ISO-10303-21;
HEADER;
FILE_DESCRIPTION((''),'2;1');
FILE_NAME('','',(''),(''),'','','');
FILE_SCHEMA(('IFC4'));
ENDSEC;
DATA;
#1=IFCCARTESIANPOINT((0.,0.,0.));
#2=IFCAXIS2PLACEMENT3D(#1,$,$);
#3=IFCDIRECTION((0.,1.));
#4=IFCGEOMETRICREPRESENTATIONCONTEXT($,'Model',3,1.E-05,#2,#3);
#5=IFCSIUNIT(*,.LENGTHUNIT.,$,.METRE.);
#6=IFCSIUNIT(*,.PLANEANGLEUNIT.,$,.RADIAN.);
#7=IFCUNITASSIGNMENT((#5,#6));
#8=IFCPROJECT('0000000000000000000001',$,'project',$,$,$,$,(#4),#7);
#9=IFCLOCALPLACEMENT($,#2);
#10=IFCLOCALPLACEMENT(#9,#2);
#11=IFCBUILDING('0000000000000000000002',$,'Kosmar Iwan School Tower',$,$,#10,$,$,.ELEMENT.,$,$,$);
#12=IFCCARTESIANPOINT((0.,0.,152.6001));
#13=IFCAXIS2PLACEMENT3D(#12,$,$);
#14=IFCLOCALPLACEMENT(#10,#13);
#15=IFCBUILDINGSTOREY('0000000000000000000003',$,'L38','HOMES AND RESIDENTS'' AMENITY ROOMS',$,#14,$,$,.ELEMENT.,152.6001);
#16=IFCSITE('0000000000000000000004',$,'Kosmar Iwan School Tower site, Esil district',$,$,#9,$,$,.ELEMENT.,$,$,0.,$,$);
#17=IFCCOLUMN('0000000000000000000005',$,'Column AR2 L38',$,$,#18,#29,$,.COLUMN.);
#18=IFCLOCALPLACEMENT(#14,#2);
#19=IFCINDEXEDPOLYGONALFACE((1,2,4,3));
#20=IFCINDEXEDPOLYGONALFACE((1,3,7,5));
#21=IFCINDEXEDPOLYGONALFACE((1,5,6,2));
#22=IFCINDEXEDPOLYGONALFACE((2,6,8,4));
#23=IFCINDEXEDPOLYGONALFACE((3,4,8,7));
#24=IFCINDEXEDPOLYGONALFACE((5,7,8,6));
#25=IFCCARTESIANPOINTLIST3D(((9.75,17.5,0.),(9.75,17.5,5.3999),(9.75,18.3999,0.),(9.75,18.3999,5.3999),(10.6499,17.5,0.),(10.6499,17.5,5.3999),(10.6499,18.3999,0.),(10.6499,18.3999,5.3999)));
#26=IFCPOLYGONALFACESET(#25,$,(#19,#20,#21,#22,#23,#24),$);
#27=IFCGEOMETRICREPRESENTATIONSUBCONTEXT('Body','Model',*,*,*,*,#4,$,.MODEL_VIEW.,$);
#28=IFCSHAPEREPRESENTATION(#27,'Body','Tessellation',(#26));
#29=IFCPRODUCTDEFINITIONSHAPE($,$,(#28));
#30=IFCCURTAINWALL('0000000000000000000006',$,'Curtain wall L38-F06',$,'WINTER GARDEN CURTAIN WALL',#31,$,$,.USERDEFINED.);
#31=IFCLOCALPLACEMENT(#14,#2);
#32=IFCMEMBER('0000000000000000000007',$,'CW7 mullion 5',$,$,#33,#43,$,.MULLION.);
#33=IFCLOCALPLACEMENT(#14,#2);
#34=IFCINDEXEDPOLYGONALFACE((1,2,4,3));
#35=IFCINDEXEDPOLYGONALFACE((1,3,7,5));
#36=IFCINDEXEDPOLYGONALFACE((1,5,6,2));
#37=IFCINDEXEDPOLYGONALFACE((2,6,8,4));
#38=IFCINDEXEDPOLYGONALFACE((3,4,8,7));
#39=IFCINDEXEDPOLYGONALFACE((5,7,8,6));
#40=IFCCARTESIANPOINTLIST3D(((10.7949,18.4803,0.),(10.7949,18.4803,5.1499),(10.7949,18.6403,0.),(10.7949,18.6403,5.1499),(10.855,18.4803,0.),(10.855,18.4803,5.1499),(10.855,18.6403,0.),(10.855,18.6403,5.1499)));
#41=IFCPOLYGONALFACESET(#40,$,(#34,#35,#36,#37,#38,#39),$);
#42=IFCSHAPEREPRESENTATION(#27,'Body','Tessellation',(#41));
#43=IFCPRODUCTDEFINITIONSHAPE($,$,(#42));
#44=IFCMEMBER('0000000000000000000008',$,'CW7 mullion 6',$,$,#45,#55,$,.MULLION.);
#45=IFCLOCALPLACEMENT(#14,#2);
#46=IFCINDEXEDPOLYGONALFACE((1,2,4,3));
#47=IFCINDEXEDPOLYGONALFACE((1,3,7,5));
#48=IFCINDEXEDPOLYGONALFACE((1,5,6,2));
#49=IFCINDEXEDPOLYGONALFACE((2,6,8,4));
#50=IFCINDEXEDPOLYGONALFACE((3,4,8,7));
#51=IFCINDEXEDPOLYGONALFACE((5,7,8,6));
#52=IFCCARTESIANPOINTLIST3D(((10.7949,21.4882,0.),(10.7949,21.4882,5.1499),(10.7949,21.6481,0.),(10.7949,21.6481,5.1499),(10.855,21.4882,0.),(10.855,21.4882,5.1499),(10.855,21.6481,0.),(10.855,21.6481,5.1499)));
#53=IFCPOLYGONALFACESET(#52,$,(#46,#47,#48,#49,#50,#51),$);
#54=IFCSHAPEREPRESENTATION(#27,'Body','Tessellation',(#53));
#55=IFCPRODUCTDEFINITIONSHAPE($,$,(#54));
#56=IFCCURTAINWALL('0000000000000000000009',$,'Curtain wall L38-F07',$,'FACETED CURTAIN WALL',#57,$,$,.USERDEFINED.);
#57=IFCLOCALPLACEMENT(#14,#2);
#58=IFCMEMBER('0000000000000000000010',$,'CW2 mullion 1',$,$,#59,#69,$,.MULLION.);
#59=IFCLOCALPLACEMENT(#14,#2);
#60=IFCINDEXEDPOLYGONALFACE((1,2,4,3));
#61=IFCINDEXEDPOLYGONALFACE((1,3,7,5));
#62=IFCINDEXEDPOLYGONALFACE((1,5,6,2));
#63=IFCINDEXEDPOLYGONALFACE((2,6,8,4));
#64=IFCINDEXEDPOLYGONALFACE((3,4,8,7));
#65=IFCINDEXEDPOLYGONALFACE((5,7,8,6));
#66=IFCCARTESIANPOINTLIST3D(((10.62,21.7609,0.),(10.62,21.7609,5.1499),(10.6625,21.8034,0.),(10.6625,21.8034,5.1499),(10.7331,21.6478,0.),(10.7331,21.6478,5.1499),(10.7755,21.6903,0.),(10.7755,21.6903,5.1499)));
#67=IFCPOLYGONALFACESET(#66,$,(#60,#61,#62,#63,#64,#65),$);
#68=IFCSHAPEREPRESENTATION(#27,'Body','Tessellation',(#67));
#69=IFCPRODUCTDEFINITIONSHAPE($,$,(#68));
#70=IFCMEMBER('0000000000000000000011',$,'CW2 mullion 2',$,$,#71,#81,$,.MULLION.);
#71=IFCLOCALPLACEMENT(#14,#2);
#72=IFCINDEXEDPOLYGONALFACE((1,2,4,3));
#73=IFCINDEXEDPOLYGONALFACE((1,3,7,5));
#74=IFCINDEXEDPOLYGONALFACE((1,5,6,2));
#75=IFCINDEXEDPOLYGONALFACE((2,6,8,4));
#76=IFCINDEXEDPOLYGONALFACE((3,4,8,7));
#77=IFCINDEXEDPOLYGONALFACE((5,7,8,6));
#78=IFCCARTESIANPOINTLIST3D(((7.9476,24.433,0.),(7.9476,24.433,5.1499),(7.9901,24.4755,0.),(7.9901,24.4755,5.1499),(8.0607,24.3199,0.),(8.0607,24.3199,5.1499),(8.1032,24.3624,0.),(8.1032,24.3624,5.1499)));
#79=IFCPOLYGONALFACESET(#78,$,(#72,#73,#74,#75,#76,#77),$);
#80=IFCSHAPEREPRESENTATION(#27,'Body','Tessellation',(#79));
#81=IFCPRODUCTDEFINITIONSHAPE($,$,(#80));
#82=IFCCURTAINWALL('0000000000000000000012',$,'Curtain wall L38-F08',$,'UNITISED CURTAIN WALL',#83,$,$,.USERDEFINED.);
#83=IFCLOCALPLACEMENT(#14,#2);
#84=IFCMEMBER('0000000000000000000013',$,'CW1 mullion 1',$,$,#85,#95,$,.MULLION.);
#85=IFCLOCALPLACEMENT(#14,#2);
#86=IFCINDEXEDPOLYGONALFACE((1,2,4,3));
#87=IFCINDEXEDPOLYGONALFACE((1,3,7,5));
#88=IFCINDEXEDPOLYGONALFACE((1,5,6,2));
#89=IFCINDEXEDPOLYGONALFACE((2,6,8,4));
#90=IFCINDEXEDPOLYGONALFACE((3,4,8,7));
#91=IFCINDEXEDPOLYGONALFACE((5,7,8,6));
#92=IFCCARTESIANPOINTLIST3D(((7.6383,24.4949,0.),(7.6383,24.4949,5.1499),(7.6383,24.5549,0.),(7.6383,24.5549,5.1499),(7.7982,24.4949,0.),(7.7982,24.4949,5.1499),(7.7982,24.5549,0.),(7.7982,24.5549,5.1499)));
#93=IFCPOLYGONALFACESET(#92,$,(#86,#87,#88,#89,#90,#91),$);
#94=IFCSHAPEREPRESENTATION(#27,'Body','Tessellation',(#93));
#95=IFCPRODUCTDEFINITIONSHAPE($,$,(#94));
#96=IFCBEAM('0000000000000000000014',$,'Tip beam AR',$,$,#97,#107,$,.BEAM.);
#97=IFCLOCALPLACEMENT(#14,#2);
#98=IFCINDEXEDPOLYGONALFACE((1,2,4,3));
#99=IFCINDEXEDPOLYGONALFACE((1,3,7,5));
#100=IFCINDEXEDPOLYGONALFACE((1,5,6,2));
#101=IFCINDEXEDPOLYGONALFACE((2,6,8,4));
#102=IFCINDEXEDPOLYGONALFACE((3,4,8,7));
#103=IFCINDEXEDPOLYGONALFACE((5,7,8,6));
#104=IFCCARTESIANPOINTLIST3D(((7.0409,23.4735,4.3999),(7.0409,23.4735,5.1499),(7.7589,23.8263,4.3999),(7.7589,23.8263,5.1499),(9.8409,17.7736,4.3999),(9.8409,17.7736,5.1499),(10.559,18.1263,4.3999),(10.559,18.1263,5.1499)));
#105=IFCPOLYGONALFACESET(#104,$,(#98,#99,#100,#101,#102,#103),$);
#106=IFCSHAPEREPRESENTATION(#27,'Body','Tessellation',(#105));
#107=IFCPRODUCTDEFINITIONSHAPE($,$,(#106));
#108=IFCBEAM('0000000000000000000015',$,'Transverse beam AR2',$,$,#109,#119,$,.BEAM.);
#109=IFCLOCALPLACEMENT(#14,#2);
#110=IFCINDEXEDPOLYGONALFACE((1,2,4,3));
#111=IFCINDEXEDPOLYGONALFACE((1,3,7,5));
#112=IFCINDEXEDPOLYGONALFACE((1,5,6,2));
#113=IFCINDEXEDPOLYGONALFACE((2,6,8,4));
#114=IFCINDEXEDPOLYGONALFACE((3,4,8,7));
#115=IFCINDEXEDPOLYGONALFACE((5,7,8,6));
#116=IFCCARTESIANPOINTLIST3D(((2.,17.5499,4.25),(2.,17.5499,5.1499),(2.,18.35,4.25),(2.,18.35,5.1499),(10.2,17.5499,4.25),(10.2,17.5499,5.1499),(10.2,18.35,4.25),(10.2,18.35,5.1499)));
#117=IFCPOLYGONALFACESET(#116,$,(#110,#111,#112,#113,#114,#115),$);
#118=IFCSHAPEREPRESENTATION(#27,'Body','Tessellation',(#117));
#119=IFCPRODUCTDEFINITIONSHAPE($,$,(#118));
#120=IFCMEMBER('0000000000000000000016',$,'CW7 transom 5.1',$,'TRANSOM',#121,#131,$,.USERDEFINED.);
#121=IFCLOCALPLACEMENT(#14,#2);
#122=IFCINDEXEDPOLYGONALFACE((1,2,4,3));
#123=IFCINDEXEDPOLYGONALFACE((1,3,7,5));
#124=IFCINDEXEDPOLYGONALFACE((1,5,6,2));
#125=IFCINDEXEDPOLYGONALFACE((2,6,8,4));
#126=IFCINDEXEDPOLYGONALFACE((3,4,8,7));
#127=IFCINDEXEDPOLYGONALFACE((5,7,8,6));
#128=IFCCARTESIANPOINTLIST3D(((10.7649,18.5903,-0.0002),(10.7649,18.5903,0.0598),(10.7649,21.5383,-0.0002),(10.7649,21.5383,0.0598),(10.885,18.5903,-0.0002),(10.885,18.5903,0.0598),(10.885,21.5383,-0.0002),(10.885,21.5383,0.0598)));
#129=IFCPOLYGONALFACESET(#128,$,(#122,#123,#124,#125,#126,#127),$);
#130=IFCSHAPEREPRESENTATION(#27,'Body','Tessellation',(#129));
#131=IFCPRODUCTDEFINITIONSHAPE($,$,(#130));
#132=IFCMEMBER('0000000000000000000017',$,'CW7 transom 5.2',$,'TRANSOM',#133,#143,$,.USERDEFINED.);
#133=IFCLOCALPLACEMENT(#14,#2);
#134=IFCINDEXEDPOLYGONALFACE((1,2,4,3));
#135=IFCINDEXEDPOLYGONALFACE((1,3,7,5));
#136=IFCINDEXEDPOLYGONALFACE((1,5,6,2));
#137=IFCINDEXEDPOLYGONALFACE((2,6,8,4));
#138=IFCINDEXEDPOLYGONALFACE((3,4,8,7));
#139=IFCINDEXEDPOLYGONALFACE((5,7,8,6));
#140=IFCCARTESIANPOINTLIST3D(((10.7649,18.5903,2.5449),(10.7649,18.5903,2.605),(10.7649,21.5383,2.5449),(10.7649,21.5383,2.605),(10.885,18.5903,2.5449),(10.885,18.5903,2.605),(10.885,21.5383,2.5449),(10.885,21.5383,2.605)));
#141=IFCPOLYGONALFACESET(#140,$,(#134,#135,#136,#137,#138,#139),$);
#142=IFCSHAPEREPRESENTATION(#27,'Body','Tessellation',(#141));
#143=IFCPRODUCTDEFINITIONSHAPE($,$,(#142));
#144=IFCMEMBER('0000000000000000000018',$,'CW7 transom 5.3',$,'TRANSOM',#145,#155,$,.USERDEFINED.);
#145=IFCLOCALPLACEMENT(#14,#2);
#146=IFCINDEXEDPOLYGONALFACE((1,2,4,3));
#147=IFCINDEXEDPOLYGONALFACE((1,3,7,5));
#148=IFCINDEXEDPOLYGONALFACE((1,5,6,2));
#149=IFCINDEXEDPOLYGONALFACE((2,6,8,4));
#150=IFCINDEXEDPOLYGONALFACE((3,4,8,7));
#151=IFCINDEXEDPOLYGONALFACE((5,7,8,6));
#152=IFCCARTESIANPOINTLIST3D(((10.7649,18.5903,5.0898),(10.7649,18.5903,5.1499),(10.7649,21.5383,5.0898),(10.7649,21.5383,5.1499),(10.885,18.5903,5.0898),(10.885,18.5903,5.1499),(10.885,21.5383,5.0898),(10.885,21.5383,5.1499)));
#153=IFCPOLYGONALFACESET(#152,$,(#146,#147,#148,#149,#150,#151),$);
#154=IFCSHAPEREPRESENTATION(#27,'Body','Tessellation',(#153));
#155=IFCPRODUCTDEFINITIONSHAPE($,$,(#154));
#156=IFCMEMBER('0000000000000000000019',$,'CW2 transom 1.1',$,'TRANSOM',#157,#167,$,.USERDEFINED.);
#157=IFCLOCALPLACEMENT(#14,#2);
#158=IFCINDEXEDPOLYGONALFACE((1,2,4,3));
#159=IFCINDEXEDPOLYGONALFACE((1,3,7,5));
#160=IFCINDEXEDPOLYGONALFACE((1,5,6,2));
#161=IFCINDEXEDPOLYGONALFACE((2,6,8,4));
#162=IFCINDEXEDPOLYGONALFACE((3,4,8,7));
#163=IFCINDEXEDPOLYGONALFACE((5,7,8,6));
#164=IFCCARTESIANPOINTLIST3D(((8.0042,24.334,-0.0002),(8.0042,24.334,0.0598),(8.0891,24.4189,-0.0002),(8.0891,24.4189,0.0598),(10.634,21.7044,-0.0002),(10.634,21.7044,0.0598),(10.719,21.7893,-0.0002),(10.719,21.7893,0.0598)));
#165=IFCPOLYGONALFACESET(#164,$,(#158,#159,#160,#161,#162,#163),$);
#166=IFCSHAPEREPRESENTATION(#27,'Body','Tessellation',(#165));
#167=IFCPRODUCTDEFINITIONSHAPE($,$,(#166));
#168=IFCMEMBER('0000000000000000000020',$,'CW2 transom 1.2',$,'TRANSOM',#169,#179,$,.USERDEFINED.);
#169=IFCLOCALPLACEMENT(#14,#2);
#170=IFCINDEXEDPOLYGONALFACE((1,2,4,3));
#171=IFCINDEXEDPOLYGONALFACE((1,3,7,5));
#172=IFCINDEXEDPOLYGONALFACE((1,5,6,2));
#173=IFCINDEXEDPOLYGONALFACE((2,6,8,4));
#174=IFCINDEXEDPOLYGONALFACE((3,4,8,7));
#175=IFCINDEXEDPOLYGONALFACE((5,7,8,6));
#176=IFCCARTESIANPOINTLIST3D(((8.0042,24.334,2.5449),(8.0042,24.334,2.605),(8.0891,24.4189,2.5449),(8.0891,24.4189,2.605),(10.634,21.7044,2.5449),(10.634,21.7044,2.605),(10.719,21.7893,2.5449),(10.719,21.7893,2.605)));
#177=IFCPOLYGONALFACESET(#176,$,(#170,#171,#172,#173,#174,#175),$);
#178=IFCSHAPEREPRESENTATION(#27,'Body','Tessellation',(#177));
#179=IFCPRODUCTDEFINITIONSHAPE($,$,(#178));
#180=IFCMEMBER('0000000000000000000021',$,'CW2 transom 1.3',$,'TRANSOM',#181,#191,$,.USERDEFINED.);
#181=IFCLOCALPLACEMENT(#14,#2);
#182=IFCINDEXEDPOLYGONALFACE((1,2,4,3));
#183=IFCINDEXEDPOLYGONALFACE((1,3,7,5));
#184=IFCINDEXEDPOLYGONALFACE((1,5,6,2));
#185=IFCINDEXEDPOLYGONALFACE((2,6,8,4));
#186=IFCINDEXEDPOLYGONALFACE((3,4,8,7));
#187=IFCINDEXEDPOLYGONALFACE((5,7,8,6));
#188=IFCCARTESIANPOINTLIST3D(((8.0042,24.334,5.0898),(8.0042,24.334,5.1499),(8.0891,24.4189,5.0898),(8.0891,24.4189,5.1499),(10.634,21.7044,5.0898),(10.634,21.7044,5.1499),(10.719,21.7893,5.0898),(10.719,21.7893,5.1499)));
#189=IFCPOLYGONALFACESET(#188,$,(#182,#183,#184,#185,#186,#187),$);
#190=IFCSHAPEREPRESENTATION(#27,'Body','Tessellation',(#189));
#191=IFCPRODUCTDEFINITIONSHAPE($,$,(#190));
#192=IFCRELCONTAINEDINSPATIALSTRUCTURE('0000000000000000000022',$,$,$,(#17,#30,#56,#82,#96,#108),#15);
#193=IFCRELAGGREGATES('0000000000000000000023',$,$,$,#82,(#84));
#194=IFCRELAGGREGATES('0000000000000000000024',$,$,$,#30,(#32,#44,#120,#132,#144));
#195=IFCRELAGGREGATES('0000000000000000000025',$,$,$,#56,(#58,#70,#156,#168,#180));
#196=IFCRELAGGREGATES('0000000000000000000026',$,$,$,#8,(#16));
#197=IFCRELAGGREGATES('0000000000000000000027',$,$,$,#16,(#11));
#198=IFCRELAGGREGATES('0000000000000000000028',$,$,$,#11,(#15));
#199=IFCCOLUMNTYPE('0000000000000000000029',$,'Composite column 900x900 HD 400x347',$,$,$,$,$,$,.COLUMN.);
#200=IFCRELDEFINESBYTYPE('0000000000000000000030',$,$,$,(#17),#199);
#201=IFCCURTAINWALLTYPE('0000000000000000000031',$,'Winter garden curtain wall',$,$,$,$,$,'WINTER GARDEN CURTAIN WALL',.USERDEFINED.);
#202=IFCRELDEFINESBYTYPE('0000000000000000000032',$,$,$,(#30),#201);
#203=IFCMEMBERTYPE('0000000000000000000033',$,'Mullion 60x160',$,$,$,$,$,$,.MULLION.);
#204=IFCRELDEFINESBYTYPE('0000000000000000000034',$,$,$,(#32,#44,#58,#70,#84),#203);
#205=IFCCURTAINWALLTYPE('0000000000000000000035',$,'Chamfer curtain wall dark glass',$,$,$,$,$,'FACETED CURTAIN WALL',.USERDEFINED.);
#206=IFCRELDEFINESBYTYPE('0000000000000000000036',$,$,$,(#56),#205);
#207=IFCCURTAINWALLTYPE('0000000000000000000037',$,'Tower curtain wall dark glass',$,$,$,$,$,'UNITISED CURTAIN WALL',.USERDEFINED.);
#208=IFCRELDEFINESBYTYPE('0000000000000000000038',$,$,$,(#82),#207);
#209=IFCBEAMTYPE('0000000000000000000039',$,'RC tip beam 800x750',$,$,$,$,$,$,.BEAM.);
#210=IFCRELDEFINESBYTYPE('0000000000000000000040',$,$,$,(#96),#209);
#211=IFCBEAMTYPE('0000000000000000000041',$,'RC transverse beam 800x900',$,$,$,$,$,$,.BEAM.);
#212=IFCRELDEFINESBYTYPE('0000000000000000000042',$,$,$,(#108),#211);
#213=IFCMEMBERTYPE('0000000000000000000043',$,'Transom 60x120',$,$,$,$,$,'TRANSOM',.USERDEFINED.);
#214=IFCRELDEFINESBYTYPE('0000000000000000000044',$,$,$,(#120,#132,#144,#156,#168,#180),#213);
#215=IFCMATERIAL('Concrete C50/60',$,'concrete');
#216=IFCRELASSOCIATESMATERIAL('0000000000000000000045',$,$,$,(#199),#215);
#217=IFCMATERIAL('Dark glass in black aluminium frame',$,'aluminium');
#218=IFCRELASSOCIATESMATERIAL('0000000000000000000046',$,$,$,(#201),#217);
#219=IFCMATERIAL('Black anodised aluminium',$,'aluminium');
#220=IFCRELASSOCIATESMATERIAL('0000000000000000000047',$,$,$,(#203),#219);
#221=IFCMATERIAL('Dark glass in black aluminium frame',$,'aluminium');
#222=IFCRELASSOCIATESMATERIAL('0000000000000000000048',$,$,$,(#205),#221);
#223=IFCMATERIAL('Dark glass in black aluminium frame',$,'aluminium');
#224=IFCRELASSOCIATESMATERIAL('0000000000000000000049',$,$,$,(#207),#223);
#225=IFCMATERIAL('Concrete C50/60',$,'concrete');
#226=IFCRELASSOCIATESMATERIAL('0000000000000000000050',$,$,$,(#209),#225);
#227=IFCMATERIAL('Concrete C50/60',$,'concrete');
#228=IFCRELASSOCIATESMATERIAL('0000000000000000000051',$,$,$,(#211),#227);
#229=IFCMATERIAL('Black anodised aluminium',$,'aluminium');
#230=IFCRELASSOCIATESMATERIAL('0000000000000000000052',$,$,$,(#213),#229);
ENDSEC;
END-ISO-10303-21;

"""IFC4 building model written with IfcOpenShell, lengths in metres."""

from ifc_helpers import new_model, si_unit, direction, frame, origin, origin_2d, place, context, subcontext, project, spatial, rectangle, extrude, material, material_profile, profile_set, type_object, element, aggregate, save


model = new_model("IFC4")

# Units and contexts
model_context = context("Model", 3, precision=1e-05, world=origin(), true_north=direction((0.0, 1.0)))
body_context = subcontext(model_context, "Body", "Model", "MODEL_VIEW")
ifc_project = project(units=[si_unit("LENGTHUNIT", "METRE"), si_unit("PLANEANGLEUNIT", "RADIAN")], contexts=[model_context])

# Site, building, storey
site_placement = place(None, origin())
site = spatial("IfcSite", under=ifc_project, at=site_placement, Name="Kosmar Iwan School Tower site, Esil district", CompositionType="ELEMENT", RefElevation=0.0)
building_placement = place(site_placement, origin())
building = spatial("IfcBuilding", under=site, at=building_placement, Name="Kosmar Iwan School Tower", CompositionType="ELEMENT")
storey_placement = place(building_placement, frame((0.0, 0.0, 152.6001)))
storey = spatial("IfcBuildingStorey", under=building, at=storey_placement, Name="L38", Description="HOMES AND RESIDENTS' AMENITY ROOMS", CompositionType="ELEMENT", Elevation=152.6001)

# Column
ifc_material_1 = material(Name="Concrete C50/60", Category="concrete")
ifc_material_profile_1 = material_profile(ifc_material_1, rectangle(XDim=0.8999, YDim=0.8999, at=origin_2d()), Name="RC 900x900 + HD 400x347")
ifc_profile_set_1 = profile_set([ifc_material_profile_1], Name="Concrete C50/60")
column_type = type_object("IfcColumnType", Name="Composite column 900x900 HD 400x347", PredefinedType="COLUMN", material=ifc_profile_set_1)
column_placement = place(storey_placement, frame((10.2, 17.95, 0.0), z_axis=(0.0, 0.0, 1.0), x_axis=(0.0, 1.0, 0.0)))
element("IfcColumn", 1, at=column_placement, inside=storey, type_object=column_type, Name="Column AR2 L38", PredefinedType="COLUMN", context=body_context, shape_type="SweptSolid", body=[
    extrude(rectangle(XDim=0.8999, YDim=0.8999, at=origin_2d()), origin(), (0.0, 0.0, 1.0), 5.3999),
])

# Curtain walls, members
ifc_material_2 = material(Name="Dark glass in black aluminium frame", Category="aluminium")
curtain_wall_type_1 = type_object("IfcCurtainWallType", Name="Winter garden curtain wall", ElementType="WINTER GARDEN CURTAIN WALL", PredefinedType="USERDEFINED", material=ifc_material_2)
curtain_wall_1_placement = place(storey_placement, origin())
curtain_wall_1 = element("IfcCurtainWall", 2, at=curtain_wall_1_placement, inside=storey, type_object=curtain_wall_type_1, Name="Curtain wall L38-F06", ObjectType="WINTER GARDEN CURTAIN WALL", PredefinedType="USERDEFINED")
ifc_material_3 = material(Name="Black anodised aluminium", Category="aluminium")
ifc_material_profile_2 = material_profile(ifc_material_3, rectangle(XDim=0.0601, YDim=0.1599, at=origin_2d()), Name="MULLION 60x160")
ifc_profile_set_2 = profile_set([ifc_material_profile_2], Name="Black anodised aluminium")
member_type_1 = type_object("IfcMemberType", Name="Mullion 60x160", PredefinedType="MULLION", material=ifc_profile_set_2)
member_1_placement = place(storey_placement, frame((10.825, 18.5603, 0.0), z_axis=(0.0, 0.0, 1.0), x_axis=(-1.0, 0.0, 0.0)))
member_1 = element("IfcMember", 3, at=member_1_placement, type_object=member_type_1, Name="CW7 mullion 5", PredefinedType="MULLION", context=body_context, shape_type="SweptSolid", body=[
    extrude(rectangle(XDim=0.0601, YDim=0.1599, at=origin_2d()), origin(), (0.0, 0.0, 1.0), 5.1499),
])
member_2_placement = place(storey_placement, frame((10.825, 21.5681, 0.0), z_axis=(0.0, 0.0, 1.0), x_axis=(-1.0, 0.0, 0.0)))
member_2 = element("IfcMember", 4, at=member_2_placement, type_object=member_type_1, Name="CW7 mullion 6", PredefinedType="MULLION", context=body_context, shape_type="SweptSolid", body=[
    extrude(rectangle(XDim=0.0601, YDim=0.1599, at=origin_2d()), origin(), (0.0, 0.0, 1.0), 5.1499),
])
ifc_material_4 = material(Name="Dark glass in black aluminium frame", Category="aluminium")
curtain_wall_type_2 = type_object("IfcCurtainWallType", Name="Chamfer curtain wall dark glass", ElementType="FACETED CURTAIN WALL", PredefinedType="USERDEFINED", material=ifc_material_4)
curtain_wall_2_placement = place(storey_placement, origin())
curtain_wall_2 = element("IfcCurtainWall", 5, at=curtain_wall_2_placement, inside=storey, type_object=curtain_wall_type_2, Name="Curtain wall L38-F07", ObjectType="FACETED CURTAIN WALL", PredefinedType="USERDEFINED")
member_3_placement = place(storey_placement, frame((10.6978, 21.7256, 0.0), z_axis=(0.0, 0.0, 1.0), x_axis=(-0.707107, -0.707107, 0.0)))
member_3 = element("IfcMember", 6, at=member_3_placement, type_object=member_type_1, Name="CW2 mullion 1", PredefinedType="MULLION", context=body_context, shape_type="SweptSolid", body=[
    extrude(rectangle(XDim=0.0601, YDim=0.1599, at=origin_2d()), origin(), (0.0, 0.0, 1.0), 5.1499),
])
member_4_placement = place(storey_placement, frame((8.0254, 24.3977, 0.0), z_axis=(0.0, 0.0, 1.0), x_axis=(-0.707107, -0.707107, 0.0)))
member_4 = element("IfcMember", 7, at=member_4_placement, type_object=member_type_1, Name="CW2 mullion 2", PredefinedType="MULLION", context=body_context, shape_type="SweptSolid", body=[
    extrude(rectangle(XDim=0.0601, YDim=0.1599, at=origin_2d()), origin(), (0.0, 0.0, 1.0), 5.1499),
])

# Curtain wall, member
ifc_material_5 = material(Name="Dark glass in black aluminium frame", Category="aluminium")
curtain_wall_type_3 = type_object("IfcCurtainWallType", Name="Tower curtain wall dark glass", ElementType="UNITISED CURTAIN WALL", PredefinedType="USERDEFINED", material=ifc_material_5)
curtain_wall_3_placement = place(storey_placement, origin())
curtain_wall_3 = element("IfcCurtainWall", 8, at=curtain_wall_3_placement, inside=storey, type_object=curtain_wall_type_3, Name="Curtain wall L38-F08", ObjectType="UNITISED CURTAIN WALL", PredefinedType="USERDEFINED")
member_5_placement = place(storey_placement, frame((7.7183, 24.5249, 0.0), z_axis=(0.0, 0.0, 1.0), x_axis=(0.0, -1.0, 0.0)))
member_5 = element("IfcMember", 9, at=member_5_placement, type_object=member_type_1, Name="CW1 mullion 1", PredefinedType="MULLION", context=body_context, shape_type="SweptSolid", body=[
    extrude(rectangle(XDim=0.0601, YDim=0.1599, at=origin_2d()), origin(), (0.0, 0.0, 1.0), 5.1499),
])

# Beams
ifc_material_6 = material(Name="Concrete C50/60", Category="concrete")
ifc_material_profile_3 = material_profile(ifc_material_6, rectangle(XDim=0.8, YDim=0.75, at=origin_2d()), Name="RC 800x750")
ifc_profile_set_3 = profile_set([ifc_material_profile_3], Name="Concrete C50/60")
beam_type_1 = type_object("IfcBeamType", Name="RC tip beam 800x750", PredefinedType="BEAM", material=ifc_profile_set_3)
beam_1_placement = place(storey_placement, frame((10.2, 17.95, 4.7749), z_axis=(-0.440913, 0.89755, 0.0), x_axis=(-0.89755, -0.440913, 0.0)))
element("IfcBeam", 10, at=beam_1_placement, inside=storey, type_object=beam_type_1, Name="Tip beam AR", PredefinedType="BEAM", context=body_context, shape_type="SweptSolid", body=[
    extrude(rectangle(XDim=0.8, YDim=0.75, at=origin_2d()), origin(), (0.0, 0.0, 1.0), 6.3506),
])
ifc_material_7 = material(Name="Concrete C50/60", Category="concrete")
ifc_material_profile_4 = material_profile(ifc_material_7, rectangle(XDim=0.8, YDim=0.8999, at=origin_2d()), Name="RC 800x900")
ifc_profile_set_4 = profile_set([ifc_material_profile_4], Name="Concrete C50/60")
beam_type_2 = type_object("IfcBeamType", Name="RC transverse beam 800x900", PredefinedType="BEAM", material=ifc_profile_set_4)
beam_2_placement = place(storey_placement, frame((10.2, 17.95, 4.7), z_axis=(-1.0, 0.0, 0.0), x_axis=(0.0, -1.0, 0.0)))
element("IfcBeam", 11, at=beam_2_placement, inside=storey, type_object=beam_type_2, Name="Transverse beam AR2", PredefinedType="BEAM", context=body_context, shape_type="SweptSolid", body=[
    extrude(rectangle(XDim=0.8, YDim=0.8999, at=origin_2d()), origin(), (0.0, 0.0, 1.0), 8.2),
])

# Members
ifc_material_8 = material(Name="Black anodised aluminium", Category="aluminium")
ifc_material_profile_5 = material_profile(ifc_material_8, rectangle(XDim=0.1201, YDim=0.0601, at=origin_2d()), Name="TRANSOM 60x120")
ifc_profile_set_5 = profile_set([ifc_material_profile_5], Name="Black anodised aluminium")
member_type_2 = type_object("IfcMemberType", Name="Transom 60x120", ElementType="TRANSOM", PredefinedType="USERDEFINED", material=ifc_profile_set_5)
member_6_placement = place(storey_placement, frame((10.825, 18.5903, 0.0298), z_axis=(0.0, 1.0, 0.0), x_axis=(-1.0, 0.0, 0.0)))
member_6 = element("IfcMember", 12, at=member_6_placement, type_object=member_type_2, Name="CW7 transom 5.1", ObjectType="TRANSOM", PredefinedType="USERDEFINED", context=body_context, shape_type="SweptSolid", body=[
    extrude(rectangle(XDim=0.1201, YDim=0.0601, at=origin_2d()), origin(), (0.0, 0.0, 1.0), 2.948),
])
member_7_placement = place(storey_placement, frame((10.825, 18.5903, 2.575), z_axis=(0.0, 1.0, 0.0), x_axis=(-1.0, 0.0, 0.0)))
member_7 = element("IfcMember", 13, at=member_7_placement, type_object=member_type_2, Name="CW7 transom 5.2", ObjectType="TRANSOM", PredefinedType="USERDEFINED", context=body_context, shape_type="SweptSolid", body=[
    extrude(rectangle(XDim=0.1201, YDim=0.0601, at=origin_2d()), origin(), (0.0, 0.0, 1.0), 2.948),
])
member_8_placement = place(storey_placement, frame((10.825, 18.5903, 5.1199), z_axis=(0.0, 1.0, 0.0), x_axis=(-1.0, 0.0, 0.0)))
member_8 = element("IfcMember", 14, at=member_8_placement, type_object=member_type_2, Name="CW7 transom 5.3", ObjectType="TRANSOM", PredefinedType="USERDEFINED", context=body_context, shape_type="SweptSolid", body=[
    extrude(rectangle(XDim=0.1201, YDim=0.0601, at=origin_2d()), origin(), (0.0, 0.0, 1.0), 2.948),
])
member_9_placement = place(storey_placement, frame((10.6765, 21.7468, 0.0298), z_axis=(-0.70714, 0.707074, 0.0), x_axis=(-0.707074, -0.70714, 0.0)))
member_9 = element("IfcMember", 15, at=member_9_placement, type_object=member_type_2, Name="CW2 transom 1.1", ObjectType="TRANSOM", PredefinedType="USERDEFINED", context=body_context, shape_type="SweptSolid", body=[
    extrude(rectangle(XDim=0.1201, YDim=0.0601, at=origin_2d()), origin(), (0.0, 0.0, 1.0), 3.719),
])
member_10_placement = place(storey_placement, frame((10.6765, 21.7468, 2.575), z_axis=(-0.70714, 0.707074, 0.0), x_axis=(-0.707074, -0.70714, 0.0)))
member_10 = element("IfcMember", 16, at=member_10_placement, type_object=member_type_2, Name="CW2 transom 1.2", ObjectType="TRANSOM", PredefinedType="USERDEFINED", context=body_context, shape_type="SweptSolid", body=[
    extrude(rectangle(XDim=0.1201, YDim=0.0601, at=origin_2d()), origin(), (0.0, 0.0, 1.0), 3.719),
])
member_11_placement = place(storey_placement, frame((10.6765, 21.7468, 5.1199), z_axis=(-0.70714, 0.707074, 0.0), x_axis=(-0.707074, -0.70714, 0.0)))
member_11 = element("IfcMember", 17, at=member_11_placement, type_object=member_type_2, Name="CW2 transom 1.3", ObjectType="TRANSOM", PredefinedType="USERDEFINED", context=body_context, shape_type="SweptSolid", body=[
    extrude(rectangle(XDim=0.1201, YDim=0.0601, at=origin_2d()), origin(), (0.0, 0.0, 1.0), 3.719),
])
aggregate(curtain_wall_3, [member_5])

aggregate(curtain_wall_1, [member_1, member_2, member_6, member_7, member_8])
aggregate(curtain_wall_2, [member_3, member_4, member_9, member_10, member_11])

save(model, "model.ifc")
